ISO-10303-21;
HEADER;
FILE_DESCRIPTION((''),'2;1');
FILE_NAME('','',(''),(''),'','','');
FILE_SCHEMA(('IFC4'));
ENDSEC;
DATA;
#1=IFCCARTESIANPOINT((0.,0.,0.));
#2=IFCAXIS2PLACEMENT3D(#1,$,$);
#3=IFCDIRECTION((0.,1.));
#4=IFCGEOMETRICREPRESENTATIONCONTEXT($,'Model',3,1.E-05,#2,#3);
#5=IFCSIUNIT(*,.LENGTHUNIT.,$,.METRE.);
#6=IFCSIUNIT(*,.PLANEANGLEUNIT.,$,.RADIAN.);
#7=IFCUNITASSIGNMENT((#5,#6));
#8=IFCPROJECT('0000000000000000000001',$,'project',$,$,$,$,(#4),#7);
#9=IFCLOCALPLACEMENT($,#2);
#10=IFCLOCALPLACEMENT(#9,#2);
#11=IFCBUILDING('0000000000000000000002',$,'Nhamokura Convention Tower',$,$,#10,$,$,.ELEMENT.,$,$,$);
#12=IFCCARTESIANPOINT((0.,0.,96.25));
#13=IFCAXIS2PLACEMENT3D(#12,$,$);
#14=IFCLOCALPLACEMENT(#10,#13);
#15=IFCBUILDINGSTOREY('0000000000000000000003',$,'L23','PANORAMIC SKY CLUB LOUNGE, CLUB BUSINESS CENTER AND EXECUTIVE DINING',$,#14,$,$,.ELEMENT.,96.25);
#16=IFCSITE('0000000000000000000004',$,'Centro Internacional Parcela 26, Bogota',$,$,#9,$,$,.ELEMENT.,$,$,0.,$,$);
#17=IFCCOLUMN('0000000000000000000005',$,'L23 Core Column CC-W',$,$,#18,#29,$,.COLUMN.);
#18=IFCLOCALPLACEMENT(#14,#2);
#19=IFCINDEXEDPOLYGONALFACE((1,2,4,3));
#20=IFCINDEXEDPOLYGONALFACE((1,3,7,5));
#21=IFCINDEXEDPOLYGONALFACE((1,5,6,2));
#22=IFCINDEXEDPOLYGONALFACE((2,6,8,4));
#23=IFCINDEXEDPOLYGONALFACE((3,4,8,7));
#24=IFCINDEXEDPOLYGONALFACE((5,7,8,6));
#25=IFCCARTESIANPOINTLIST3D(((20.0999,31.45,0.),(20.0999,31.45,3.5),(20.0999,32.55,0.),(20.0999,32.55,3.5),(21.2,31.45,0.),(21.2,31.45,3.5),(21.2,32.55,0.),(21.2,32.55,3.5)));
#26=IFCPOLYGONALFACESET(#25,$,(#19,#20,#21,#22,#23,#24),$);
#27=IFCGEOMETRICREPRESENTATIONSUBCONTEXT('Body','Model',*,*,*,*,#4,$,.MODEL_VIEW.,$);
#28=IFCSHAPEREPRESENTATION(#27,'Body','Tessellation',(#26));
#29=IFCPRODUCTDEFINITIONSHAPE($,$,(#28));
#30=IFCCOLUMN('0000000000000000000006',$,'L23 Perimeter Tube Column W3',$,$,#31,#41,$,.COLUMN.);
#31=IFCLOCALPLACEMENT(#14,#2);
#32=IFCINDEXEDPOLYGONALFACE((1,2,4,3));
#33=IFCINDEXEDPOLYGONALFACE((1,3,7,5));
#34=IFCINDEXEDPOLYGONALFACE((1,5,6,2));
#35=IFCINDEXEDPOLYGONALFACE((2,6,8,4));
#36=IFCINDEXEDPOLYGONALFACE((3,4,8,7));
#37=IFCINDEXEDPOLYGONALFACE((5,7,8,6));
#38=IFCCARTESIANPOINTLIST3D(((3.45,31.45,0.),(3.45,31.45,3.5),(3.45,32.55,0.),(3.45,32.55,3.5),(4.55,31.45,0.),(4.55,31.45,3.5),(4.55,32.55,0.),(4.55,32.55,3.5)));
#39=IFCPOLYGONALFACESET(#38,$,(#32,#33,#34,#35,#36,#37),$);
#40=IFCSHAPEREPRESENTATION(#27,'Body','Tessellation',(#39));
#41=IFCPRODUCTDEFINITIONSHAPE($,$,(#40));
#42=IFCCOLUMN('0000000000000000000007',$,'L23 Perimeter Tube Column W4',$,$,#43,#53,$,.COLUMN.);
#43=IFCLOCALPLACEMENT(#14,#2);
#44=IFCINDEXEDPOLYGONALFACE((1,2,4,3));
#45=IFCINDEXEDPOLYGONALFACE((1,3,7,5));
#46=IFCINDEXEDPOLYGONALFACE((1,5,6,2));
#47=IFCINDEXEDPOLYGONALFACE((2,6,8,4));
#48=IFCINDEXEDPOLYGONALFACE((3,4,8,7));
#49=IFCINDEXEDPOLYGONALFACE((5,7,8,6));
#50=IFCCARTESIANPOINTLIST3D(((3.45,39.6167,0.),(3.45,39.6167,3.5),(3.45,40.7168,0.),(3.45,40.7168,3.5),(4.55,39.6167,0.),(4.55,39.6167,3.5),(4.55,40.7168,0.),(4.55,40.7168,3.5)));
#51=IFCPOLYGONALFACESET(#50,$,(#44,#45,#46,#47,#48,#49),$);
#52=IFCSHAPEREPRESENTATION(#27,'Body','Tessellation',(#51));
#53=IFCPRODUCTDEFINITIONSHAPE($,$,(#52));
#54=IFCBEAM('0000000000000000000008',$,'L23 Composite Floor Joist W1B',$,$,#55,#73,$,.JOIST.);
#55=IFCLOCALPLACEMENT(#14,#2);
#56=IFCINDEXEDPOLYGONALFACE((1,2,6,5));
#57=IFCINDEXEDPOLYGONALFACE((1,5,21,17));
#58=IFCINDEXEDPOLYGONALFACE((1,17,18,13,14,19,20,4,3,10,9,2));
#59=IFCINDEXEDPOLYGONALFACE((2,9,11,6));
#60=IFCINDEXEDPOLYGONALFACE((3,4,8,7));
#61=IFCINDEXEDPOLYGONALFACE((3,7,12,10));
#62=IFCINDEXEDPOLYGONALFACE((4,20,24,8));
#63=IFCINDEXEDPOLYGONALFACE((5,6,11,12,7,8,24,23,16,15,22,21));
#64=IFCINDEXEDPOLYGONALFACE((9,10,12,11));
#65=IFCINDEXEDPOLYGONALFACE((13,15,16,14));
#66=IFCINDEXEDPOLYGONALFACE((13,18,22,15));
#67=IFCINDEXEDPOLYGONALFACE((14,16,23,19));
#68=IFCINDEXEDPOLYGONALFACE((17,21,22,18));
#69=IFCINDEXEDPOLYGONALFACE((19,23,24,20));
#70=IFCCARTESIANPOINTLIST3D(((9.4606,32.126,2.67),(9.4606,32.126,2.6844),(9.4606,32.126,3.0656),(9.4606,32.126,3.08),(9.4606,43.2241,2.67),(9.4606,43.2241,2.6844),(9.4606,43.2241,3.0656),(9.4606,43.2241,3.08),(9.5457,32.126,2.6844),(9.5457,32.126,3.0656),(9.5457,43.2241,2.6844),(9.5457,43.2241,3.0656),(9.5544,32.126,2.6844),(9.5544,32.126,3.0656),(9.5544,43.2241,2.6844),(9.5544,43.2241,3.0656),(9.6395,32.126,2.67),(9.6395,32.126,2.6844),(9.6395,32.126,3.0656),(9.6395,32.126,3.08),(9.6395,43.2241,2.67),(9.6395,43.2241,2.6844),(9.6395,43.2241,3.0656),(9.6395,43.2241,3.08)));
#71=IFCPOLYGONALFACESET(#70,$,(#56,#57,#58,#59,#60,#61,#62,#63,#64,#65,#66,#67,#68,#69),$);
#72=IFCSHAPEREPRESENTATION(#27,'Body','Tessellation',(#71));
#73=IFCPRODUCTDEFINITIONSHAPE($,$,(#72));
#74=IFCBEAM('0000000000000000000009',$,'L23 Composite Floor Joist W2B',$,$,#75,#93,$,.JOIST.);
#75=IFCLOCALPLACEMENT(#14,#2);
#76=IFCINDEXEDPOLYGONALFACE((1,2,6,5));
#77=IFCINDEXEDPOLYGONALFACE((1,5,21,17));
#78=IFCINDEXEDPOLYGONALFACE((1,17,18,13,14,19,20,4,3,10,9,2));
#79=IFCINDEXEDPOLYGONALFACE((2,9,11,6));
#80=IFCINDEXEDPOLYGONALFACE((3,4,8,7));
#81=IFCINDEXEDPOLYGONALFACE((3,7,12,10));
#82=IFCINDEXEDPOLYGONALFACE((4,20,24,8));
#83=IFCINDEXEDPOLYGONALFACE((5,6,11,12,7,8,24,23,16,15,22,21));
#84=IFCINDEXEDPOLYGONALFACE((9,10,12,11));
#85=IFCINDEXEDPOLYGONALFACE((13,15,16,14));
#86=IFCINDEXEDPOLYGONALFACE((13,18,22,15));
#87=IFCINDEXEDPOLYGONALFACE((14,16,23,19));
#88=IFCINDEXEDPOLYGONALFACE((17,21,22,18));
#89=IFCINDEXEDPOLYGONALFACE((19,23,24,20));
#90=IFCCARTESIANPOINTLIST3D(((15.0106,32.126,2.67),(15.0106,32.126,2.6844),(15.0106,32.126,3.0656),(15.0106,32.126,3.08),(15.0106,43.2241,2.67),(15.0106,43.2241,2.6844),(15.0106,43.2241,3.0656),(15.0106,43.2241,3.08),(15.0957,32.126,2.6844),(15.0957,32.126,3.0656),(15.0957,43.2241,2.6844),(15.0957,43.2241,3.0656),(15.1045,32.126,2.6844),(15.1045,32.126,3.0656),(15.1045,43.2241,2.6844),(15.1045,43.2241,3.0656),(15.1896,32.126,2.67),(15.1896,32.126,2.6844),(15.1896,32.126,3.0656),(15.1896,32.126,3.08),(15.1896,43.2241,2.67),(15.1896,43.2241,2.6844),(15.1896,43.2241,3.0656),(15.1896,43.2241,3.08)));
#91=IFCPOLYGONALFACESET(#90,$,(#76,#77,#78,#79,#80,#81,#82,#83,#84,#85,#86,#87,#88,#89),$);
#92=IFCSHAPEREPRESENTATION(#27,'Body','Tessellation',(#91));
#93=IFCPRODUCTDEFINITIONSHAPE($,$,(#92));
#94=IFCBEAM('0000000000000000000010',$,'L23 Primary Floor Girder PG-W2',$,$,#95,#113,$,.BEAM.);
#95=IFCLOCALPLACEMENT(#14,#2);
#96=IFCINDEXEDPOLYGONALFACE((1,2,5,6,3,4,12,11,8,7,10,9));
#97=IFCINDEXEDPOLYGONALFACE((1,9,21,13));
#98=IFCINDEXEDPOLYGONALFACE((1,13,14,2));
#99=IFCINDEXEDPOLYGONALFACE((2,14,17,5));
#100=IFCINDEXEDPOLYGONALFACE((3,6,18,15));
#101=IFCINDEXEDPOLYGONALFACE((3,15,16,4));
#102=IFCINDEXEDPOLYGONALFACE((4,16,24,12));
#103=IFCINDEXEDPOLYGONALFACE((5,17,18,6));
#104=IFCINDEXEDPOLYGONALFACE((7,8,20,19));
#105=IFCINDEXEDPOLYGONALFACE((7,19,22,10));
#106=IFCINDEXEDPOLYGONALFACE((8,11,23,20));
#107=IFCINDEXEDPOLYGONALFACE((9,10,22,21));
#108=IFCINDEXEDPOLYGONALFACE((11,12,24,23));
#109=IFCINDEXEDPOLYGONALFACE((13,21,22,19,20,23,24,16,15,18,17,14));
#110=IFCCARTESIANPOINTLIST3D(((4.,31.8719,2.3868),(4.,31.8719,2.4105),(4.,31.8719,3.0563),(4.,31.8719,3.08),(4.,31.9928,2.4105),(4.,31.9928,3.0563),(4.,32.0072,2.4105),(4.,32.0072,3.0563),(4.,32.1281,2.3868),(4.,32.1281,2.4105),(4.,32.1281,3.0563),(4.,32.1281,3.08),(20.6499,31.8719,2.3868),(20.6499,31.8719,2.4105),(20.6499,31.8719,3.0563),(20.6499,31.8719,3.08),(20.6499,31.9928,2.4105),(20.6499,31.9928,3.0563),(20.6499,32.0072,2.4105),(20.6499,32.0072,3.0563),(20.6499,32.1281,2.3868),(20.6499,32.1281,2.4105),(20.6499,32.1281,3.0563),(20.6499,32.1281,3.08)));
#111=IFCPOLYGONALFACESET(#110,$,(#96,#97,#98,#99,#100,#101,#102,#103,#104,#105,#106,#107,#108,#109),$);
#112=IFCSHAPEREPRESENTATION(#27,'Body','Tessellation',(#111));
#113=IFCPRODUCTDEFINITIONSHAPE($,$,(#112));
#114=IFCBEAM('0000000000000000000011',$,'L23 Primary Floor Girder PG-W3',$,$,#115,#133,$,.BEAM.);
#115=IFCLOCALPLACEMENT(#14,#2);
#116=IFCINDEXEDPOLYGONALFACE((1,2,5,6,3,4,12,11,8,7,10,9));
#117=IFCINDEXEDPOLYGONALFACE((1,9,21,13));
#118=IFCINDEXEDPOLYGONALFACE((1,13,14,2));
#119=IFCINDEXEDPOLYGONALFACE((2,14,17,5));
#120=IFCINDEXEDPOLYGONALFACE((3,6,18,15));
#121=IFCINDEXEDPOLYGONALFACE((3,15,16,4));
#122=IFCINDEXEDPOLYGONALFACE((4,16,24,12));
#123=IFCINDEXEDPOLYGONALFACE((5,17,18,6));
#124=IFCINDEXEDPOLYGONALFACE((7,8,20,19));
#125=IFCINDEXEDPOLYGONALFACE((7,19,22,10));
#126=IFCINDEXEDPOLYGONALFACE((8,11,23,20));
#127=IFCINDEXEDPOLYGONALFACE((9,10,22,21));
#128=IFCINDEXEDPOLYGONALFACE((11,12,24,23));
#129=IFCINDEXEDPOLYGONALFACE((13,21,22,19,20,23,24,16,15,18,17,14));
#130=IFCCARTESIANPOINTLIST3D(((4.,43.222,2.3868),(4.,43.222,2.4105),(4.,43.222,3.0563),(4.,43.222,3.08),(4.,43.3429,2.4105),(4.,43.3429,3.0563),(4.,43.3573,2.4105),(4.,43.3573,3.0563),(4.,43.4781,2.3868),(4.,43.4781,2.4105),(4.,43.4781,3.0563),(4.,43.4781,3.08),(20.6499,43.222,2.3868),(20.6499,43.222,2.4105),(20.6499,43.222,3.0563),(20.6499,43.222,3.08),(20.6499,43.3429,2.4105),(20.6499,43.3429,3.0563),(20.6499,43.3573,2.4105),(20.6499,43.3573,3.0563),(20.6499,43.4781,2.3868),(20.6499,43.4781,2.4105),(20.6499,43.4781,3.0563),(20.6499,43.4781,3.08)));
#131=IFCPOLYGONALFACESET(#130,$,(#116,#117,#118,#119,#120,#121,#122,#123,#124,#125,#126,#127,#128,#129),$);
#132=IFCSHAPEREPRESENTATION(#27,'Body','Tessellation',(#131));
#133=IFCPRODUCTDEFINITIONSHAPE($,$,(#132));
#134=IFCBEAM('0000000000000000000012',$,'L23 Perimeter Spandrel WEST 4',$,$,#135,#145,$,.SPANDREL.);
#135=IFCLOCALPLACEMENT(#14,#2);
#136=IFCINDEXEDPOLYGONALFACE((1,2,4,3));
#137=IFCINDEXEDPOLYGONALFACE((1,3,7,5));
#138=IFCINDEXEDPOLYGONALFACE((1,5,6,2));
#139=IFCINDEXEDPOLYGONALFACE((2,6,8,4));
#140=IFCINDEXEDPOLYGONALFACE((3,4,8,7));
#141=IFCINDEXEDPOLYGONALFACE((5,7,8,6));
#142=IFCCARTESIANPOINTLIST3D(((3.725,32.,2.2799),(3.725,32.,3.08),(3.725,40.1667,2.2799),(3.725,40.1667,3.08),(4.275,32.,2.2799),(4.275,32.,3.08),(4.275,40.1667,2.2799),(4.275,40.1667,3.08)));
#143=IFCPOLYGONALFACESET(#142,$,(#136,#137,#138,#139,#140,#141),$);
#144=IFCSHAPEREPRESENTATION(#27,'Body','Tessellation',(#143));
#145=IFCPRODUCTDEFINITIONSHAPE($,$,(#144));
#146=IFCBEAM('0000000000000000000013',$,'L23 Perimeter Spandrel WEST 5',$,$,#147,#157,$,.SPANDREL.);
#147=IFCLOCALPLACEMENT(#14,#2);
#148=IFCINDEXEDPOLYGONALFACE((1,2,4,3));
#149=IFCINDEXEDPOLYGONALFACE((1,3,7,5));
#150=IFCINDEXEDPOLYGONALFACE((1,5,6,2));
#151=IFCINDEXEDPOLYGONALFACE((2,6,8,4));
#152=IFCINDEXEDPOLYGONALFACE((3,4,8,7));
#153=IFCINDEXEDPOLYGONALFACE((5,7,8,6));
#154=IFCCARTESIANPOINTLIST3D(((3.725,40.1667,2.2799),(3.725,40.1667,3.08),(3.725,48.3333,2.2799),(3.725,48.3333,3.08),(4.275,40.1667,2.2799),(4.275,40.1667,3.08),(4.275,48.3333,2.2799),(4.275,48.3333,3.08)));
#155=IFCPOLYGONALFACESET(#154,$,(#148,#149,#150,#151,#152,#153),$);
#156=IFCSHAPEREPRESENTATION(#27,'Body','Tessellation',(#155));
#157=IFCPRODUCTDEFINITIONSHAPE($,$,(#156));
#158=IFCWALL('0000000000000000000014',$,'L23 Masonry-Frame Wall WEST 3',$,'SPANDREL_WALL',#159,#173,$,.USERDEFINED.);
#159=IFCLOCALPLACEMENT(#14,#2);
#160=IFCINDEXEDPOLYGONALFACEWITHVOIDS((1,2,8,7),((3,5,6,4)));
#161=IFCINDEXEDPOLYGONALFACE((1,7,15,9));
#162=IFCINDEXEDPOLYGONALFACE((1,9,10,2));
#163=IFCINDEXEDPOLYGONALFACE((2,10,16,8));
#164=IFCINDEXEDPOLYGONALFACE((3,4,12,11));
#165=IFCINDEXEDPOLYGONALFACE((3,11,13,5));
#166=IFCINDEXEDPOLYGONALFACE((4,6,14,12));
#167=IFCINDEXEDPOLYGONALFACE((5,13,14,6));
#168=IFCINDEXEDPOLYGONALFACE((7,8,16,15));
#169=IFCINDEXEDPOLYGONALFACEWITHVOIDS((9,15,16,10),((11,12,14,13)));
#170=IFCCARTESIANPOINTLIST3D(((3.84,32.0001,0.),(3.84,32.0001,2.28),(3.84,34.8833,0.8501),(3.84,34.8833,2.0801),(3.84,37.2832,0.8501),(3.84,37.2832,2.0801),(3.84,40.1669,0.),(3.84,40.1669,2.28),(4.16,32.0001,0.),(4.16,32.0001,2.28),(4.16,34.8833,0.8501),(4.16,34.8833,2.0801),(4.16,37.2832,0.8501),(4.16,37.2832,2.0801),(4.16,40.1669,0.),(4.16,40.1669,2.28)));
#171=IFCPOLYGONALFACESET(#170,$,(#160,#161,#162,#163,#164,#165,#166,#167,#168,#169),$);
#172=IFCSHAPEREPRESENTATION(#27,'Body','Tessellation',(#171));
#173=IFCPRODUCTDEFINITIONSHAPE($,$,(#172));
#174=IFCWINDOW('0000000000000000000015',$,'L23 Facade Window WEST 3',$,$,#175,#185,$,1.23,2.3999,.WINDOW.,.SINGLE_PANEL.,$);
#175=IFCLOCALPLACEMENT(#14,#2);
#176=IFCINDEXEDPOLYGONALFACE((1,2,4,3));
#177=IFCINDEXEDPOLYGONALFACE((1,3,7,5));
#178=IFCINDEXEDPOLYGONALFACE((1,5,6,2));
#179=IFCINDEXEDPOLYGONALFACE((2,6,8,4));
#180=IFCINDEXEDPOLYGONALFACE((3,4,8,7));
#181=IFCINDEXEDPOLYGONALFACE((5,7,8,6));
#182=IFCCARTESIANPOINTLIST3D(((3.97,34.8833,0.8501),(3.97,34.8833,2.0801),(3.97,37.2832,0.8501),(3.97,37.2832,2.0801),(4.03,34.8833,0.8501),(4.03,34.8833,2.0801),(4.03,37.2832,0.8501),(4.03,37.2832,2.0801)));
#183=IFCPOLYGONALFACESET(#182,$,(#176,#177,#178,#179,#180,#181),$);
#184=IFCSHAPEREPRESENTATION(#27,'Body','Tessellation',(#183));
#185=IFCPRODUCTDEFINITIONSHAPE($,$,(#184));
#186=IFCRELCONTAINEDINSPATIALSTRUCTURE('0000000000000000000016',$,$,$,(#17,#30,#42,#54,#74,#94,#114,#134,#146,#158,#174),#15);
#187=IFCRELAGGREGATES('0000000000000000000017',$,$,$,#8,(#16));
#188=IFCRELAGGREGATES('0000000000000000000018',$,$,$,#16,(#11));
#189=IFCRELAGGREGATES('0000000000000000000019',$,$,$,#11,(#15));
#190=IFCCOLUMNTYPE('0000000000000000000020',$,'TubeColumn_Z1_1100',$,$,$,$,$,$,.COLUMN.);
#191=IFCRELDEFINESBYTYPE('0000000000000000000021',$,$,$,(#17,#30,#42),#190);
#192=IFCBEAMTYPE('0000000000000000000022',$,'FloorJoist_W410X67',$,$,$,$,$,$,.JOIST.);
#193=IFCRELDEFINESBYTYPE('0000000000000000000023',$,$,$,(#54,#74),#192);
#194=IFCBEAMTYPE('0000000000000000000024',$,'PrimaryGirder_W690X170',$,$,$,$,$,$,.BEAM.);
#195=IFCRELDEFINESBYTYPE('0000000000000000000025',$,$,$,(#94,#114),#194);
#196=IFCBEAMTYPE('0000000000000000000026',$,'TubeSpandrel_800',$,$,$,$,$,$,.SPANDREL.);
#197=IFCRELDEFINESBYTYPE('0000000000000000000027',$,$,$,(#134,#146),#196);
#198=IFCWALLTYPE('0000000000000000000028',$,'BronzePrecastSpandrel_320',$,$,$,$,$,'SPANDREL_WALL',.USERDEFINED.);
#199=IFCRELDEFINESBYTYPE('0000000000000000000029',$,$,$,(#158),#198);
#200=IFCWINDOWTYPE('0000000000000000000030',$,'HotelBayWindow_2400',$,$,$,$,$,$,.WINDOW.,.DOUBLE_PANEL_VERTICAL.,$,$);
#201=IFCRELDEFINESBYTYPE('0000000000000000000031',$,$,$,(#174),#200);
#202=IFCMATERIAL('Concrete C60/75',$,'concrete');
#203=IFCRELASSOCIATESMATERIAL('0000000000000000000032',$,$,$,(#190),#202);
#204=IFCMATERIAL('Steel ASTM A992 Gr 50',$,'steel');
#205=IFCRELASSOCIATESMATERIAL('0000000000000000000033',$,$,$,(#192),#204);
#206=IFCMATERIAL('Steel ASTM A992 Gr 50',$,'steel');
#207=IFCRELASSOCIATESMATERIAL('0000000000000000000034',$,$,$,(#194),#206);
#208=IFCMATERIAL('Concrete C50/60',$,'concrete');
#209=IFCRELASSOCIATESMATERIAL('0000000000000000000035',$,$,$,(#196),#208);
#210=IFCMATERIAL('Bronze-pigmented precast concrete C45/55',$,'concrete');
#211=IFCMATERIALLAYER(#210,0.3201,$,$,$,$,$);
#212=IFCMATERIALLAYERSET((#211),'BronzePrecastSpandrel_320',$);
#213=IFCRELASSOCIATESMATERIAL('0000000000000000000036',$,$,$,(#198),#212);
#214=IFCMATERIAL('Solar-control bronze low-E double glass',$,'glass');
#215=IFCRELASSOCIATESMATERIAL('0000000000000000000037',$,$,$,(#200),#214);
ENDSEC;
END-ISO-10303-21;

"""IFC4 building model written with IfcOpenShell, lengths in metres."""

from ifc_helpers import new_model, si_unit, direction, frame, frame_2d, origin, origin_2d, place, context, subcontext, project, spatial, rectangle, i_section, extrude, material, layer, layer_set, material_profile, profile_set, type_object, element, fill, save


model = new_model("IFC4")

# Units and contexts
model_context = context("Model", 3, precision=1e-05, world=origin(), true_north=direction((0.0, 1.0)))
body_context = subcontext(model_context, "Body", "Model", "MODEL_VIEW")
ifc_project = project(units=[si_unit("LENGTHUNIT", "METRE"), si_unit("PLANEANGLEUNIT", "RADIAN")], contexts=[model_context])

# Site, building, storey
site_placement = place(None, origin())
site = spatial("IfcSite", under=ifc_project, at=site_placement, Name="Centro Internacional Parcela 26, Bogota", CompositionType="ELEMENT", RefElevation=0.0)
building_placement = place(site_placement, origin())
building = spatial("IfcBuilding", under=site, at=building_placement, Name="Nhamokura Convention Tower", CompositionType="ELEMENT")
storey_placement = place(building_placement, frame((0.0, 0.0, 96.25)))
storey = spatial("IfcBuildingStorey", under=building, at=storey_placement, Name="L23", Description="PANORAMIC SKY CLUB LOUNGE, CLUB BUSINESS CENTER AND EXECUTIVE DINING", CompositionType="ELEMENT", Elevation=96.25)

# Columns
ifc_material_1 = material(Name="Concrete C60/75", Category="concrete")
ifc_material_profile_1 = material_profile(ifc_material_1, rectangle(XDim=1.1001, YDim=1.1001, at=origin_2d()))
ifc_profile_set_1 = profile_set([ifc_material_profile_1], Name="Concrete C60/75")
column_type = type_object("IfcColumnType", Name="TubeColumn_Z1_1100", PredefinedType="COLUMN", material=ifc_profile_set_1)
for number, where, z_axis, x_axis, name in (
    (1, (20.6499, 32.0, 0.0), (0.0, 0.0, 1.0), (1.0, 0.0, 0.0), "L23 Core Column CC-W"),
    (2, (4.0, 32.0, 0.0), (0.0, 0.0, 1.0), (1.0, 0.0, 0.0), "L23 Perimeter Tube Column W3"),
    (3, (4.0, 40.1667, 0.0), (0.0, 0.0, 1.0), (1.0, 0.0, 0.0), "L23 Perimeter Tube Column W4"),
):
    element("IfcColumn", number, at=place(storey_placement, frame(where, z_axis=z_axis, x_axis=x_axis)), inside=storey, type_object=column_type, Name=name, PredefinedType="COLUMN", context=body_context, shape_type="SweptSolid", body=[
        extrude(rectangle(XDim=1.1001, YDim=1.1001, at=origin_2d()), origin(), (0.0, 0.0, 1.0), 3.5),
    ])

# Beams
ifc_material_2 = material(Name="Steel ASTM A992 Gr 50", Category="steel")
ifc_material_profile_2 = material_profile(ifc_material_2, i_section(OverallWidth=0.179, OverallDepth=0.4099, WebThickness=0.0088, FlangeThickness=0.0144, at=origin_2d()))
ifc_profile_set_2 = profile_set([ifc_material_profile_2], Name="Steel ASTM A992 Gr 50")
beam_type_1 = type_object("IfcBeamType", Name="FloorJoist_W410X67", PredefinedType="JOIST", material=ifc_profile_set_2)
for number, where, z_axis, x_axis, name in (
    (4, (9.55, 32.126, 2.875), (0.0, 1.0, 0.0), (-1.0, 0.0, 0.0), "L23 Composite Floor Joist W1B"),
    (5, (15.1001, 32.126, 2.875), (0.0, 1.0, 0.0), (-1.0, 0.0, 0.0), "L23 Composite Floor Joist W2B"),
):
    element("IfcBeam", number, at=place(storey_placement, frame(where, z_axis=z_axis, x_axis=x_axis)), inside=storey, type_object=beam_type_1, Name=name, PredefinedType="JOIST", context=body_context, shape_type="SweptSolid", body=[
        extrude(i_section(OverallWidth=0.179, OverallDepth=0.4099, WebThickness=0.0088, FlangeThickness=0.0144, at=origin_2d()), origin(), (0.0, 0.0, 1.0), 11.0981),
    ])
ifc_material_3 = material(Name="Steel ASTM A992 Gr 50", Category="steel")
ifc_material_profile_3 = material_profile(ifc_material_3, i_section(OverallWidth=0.2561, OverallDepth=0.6931, WebThickness=0.0144, FlangeThickness=0.0237, at=origin_2d()))
ifc_profile_set_3 = profile_set([ifc_material_profile_3], Name="Steel ASTM A992 Gr 50")
beam_type_2 = type_object("IfcBeamType", Name="PrimaryGirder_W690X170", PredefinedType="BEAM", material=ifc_profile_set_3)
for number, where, z_axis, x_axis, name in (
    (6, (4.0, 32.0, 2.7334), (1.0, 0.0, 0.0), (0.0, 1.0, 0.0), "L23 Primary Floor Girder PG-W2"),
    (7, (4.0, 43.3501, 2.7334), (1.0, 0.0, 0.0), (0.0, 1.0, 0.0), "L23 Primary Floor Girder PG-W3"),
):
    element("IfcBeam", number, at=place(storey_placement, frame(where, z_axis=z_axis, x_axis=x_axis)), inside=storey, type_object=beam_type_2, Name=name, PredefinedType="BEAM", context=body_context, shape_type="SweptSolid", body=[
        extrude(i_section(OverallWidth=0.2561, OverallDepth=0.6931, WebThickness=0.0144, FlangeThickness=0.0237, at=origin_2d()), origin(), (0.0, 0.0, 1.0), 16.6499),
    ])
ifc_material_4 = material(Name="Concrete C50/60", Category="concrete")
ifc_material_profile_4 = material_profile(ifc_material_4, rectangle(XDim=0.55, YDim=0.8, at=origin_2d()))
ifc_profile_set_4 = profile_set([ifc_material_profile_4], Name="Concrete C50/60")
beam_type_3 = type_object("IfcBeamType", Name="TubeSpandrel_800", PredefinedType="SPANDREL", material=ifc_profile_set_4)
beam_1_placement = place(storey_placement, frame((4.0, 32.0, 2.6799), z_axis=(0.0, 1.0, 0.0), x_axis=(-1.0, 0.0, 0.0)))
element("IfcBeam", 8, at=beam_1_placement, inside=storey, type_object=beam_type_3, Name="L23 Perimeter Spandrel WEST 4", PredefinedType="SPANDREL", context=body_context, shape_type="SweptSolid", body=[
    extrude(rectangle(XDim=0.55, YDim=0.8, at=origin_2d()), origin(), (0.0, 0.0, 1.0), 8.1667),
])
beam_2_placement = place(storey_placement, frame((4.0, 40.1667, 2.6799), z_axis=(0.0, 1.0, 0.0), x_axis=(-1.0, 0.0, 0.0)))
element("IfcBeam", 9, at=beam_2_placement, inside=storey, type_object=beam_type_3, Name="L23 Perimeter Spandrel WEST 5", PredefinedType="SPANDREL", context=body_context, shape_type="SweptSolid", body=[
    extrude(rectangle(XDim=0.55, YDim=0.8, at=origin_2d()), origin(), (0.0, 0.0, 1.0), 8.1665),
])

# Wall, opening, window
ifc_material_5 = material(Name="Bronze-pigmented precast concrete C45/55", Category="concrete")
ifc_layer_1 = layer(ifc_material_5, 0.3201)
ifc_layer_set_1 = layer_set([ifc_layer_1], Name="BronzePrecastSpandrel_320")
wall_type_1 = type_object("IfcWallType", Name="BronzePrecastSpandrel_320", ElementType="SPANDREL_WALL", PredefinedType="USERDEFINED", material=ifc_layer_set_1)
wall_1_placement = place(storey_placement, frame((4.0, 32.0, 0.0), z_axis=(0.0, 0.0, 1.0), x_axis=(0.0, 1.0, 0.0)))
wall_1 = element("IfcWall", 10, at=wall_1_placement, inside=storey, type_object=wall_type_1, Name="L23 Masonry-Frame Wall WEST 3", ObjectType="SPANDREL_WALL", PredefinedType="USERDEFINED", context=body_context, shape_type="SweptSolid", body=[
    extrude(rectangle(XDim=8.1667, YDim=0.3201, at=frame_2d((4.0835, 0.0))), origin(), (0.0, 0.0, 1.0), 2.28),
])
opening_1_placement = place(wall_1_placement, frame((2.8833, 0.0, 0.8501)))
opening_1 = element("IfcOpeningElement", 11, at=opening_1_placement, cuts=wall_1, PredefinedType="OPENING", context=body_context, shape_type="SweptSolid", body=[
    extrude(rectangle(XDim=2.3999, YDim=1.23, at=frame_2d((1.2, 0.615))), frame((0.0, 0.1699, 0.0), z_axis=(0.0, -1.0, 0.0), x_axis=(1.0, 0.0, 0.0)), (0.0, 0.0, 1.0), 0.3401),
])
ifc_material_6 = material(Name="Solar-control bronze low-E double glass", Category="glass")
window_type_1 = type_object("IfcWindowType", Name="HotelBayWindow_2400", PartitioningType="DOUBLE_PANEL_VERTICAL", PredefinedType="WINDOW", material=ifc_material_6)
window_1_placement = place(opening_1_placement, origin())
window_1 = element("IfcWindow", 12, at=window_1_placement, inside=storey, type_object=window_type_1, Name="L23 Facade Window WEST 3", OverallHeight=1.23, OverallWidth=2.3999, PartitioningType="SINGLE_PANEL", PredefinedType="WINDOW", context=body_context, shape_type="SweptSolid", body=[
    extrude(rectangle(XDim=2.3999, YDim=1.23, at=frame_2d((1.2, 0.615))), frame((0.0, 0.03, 0.0), z_axis=(0.0, -1.0, 0.0), x_axis=(1.0, 0.0, 0.0)), (0.0, 0.0, 1.0), 0.0601),
])
fill(opening_1, window_1)

save(model, "model.ifc")
